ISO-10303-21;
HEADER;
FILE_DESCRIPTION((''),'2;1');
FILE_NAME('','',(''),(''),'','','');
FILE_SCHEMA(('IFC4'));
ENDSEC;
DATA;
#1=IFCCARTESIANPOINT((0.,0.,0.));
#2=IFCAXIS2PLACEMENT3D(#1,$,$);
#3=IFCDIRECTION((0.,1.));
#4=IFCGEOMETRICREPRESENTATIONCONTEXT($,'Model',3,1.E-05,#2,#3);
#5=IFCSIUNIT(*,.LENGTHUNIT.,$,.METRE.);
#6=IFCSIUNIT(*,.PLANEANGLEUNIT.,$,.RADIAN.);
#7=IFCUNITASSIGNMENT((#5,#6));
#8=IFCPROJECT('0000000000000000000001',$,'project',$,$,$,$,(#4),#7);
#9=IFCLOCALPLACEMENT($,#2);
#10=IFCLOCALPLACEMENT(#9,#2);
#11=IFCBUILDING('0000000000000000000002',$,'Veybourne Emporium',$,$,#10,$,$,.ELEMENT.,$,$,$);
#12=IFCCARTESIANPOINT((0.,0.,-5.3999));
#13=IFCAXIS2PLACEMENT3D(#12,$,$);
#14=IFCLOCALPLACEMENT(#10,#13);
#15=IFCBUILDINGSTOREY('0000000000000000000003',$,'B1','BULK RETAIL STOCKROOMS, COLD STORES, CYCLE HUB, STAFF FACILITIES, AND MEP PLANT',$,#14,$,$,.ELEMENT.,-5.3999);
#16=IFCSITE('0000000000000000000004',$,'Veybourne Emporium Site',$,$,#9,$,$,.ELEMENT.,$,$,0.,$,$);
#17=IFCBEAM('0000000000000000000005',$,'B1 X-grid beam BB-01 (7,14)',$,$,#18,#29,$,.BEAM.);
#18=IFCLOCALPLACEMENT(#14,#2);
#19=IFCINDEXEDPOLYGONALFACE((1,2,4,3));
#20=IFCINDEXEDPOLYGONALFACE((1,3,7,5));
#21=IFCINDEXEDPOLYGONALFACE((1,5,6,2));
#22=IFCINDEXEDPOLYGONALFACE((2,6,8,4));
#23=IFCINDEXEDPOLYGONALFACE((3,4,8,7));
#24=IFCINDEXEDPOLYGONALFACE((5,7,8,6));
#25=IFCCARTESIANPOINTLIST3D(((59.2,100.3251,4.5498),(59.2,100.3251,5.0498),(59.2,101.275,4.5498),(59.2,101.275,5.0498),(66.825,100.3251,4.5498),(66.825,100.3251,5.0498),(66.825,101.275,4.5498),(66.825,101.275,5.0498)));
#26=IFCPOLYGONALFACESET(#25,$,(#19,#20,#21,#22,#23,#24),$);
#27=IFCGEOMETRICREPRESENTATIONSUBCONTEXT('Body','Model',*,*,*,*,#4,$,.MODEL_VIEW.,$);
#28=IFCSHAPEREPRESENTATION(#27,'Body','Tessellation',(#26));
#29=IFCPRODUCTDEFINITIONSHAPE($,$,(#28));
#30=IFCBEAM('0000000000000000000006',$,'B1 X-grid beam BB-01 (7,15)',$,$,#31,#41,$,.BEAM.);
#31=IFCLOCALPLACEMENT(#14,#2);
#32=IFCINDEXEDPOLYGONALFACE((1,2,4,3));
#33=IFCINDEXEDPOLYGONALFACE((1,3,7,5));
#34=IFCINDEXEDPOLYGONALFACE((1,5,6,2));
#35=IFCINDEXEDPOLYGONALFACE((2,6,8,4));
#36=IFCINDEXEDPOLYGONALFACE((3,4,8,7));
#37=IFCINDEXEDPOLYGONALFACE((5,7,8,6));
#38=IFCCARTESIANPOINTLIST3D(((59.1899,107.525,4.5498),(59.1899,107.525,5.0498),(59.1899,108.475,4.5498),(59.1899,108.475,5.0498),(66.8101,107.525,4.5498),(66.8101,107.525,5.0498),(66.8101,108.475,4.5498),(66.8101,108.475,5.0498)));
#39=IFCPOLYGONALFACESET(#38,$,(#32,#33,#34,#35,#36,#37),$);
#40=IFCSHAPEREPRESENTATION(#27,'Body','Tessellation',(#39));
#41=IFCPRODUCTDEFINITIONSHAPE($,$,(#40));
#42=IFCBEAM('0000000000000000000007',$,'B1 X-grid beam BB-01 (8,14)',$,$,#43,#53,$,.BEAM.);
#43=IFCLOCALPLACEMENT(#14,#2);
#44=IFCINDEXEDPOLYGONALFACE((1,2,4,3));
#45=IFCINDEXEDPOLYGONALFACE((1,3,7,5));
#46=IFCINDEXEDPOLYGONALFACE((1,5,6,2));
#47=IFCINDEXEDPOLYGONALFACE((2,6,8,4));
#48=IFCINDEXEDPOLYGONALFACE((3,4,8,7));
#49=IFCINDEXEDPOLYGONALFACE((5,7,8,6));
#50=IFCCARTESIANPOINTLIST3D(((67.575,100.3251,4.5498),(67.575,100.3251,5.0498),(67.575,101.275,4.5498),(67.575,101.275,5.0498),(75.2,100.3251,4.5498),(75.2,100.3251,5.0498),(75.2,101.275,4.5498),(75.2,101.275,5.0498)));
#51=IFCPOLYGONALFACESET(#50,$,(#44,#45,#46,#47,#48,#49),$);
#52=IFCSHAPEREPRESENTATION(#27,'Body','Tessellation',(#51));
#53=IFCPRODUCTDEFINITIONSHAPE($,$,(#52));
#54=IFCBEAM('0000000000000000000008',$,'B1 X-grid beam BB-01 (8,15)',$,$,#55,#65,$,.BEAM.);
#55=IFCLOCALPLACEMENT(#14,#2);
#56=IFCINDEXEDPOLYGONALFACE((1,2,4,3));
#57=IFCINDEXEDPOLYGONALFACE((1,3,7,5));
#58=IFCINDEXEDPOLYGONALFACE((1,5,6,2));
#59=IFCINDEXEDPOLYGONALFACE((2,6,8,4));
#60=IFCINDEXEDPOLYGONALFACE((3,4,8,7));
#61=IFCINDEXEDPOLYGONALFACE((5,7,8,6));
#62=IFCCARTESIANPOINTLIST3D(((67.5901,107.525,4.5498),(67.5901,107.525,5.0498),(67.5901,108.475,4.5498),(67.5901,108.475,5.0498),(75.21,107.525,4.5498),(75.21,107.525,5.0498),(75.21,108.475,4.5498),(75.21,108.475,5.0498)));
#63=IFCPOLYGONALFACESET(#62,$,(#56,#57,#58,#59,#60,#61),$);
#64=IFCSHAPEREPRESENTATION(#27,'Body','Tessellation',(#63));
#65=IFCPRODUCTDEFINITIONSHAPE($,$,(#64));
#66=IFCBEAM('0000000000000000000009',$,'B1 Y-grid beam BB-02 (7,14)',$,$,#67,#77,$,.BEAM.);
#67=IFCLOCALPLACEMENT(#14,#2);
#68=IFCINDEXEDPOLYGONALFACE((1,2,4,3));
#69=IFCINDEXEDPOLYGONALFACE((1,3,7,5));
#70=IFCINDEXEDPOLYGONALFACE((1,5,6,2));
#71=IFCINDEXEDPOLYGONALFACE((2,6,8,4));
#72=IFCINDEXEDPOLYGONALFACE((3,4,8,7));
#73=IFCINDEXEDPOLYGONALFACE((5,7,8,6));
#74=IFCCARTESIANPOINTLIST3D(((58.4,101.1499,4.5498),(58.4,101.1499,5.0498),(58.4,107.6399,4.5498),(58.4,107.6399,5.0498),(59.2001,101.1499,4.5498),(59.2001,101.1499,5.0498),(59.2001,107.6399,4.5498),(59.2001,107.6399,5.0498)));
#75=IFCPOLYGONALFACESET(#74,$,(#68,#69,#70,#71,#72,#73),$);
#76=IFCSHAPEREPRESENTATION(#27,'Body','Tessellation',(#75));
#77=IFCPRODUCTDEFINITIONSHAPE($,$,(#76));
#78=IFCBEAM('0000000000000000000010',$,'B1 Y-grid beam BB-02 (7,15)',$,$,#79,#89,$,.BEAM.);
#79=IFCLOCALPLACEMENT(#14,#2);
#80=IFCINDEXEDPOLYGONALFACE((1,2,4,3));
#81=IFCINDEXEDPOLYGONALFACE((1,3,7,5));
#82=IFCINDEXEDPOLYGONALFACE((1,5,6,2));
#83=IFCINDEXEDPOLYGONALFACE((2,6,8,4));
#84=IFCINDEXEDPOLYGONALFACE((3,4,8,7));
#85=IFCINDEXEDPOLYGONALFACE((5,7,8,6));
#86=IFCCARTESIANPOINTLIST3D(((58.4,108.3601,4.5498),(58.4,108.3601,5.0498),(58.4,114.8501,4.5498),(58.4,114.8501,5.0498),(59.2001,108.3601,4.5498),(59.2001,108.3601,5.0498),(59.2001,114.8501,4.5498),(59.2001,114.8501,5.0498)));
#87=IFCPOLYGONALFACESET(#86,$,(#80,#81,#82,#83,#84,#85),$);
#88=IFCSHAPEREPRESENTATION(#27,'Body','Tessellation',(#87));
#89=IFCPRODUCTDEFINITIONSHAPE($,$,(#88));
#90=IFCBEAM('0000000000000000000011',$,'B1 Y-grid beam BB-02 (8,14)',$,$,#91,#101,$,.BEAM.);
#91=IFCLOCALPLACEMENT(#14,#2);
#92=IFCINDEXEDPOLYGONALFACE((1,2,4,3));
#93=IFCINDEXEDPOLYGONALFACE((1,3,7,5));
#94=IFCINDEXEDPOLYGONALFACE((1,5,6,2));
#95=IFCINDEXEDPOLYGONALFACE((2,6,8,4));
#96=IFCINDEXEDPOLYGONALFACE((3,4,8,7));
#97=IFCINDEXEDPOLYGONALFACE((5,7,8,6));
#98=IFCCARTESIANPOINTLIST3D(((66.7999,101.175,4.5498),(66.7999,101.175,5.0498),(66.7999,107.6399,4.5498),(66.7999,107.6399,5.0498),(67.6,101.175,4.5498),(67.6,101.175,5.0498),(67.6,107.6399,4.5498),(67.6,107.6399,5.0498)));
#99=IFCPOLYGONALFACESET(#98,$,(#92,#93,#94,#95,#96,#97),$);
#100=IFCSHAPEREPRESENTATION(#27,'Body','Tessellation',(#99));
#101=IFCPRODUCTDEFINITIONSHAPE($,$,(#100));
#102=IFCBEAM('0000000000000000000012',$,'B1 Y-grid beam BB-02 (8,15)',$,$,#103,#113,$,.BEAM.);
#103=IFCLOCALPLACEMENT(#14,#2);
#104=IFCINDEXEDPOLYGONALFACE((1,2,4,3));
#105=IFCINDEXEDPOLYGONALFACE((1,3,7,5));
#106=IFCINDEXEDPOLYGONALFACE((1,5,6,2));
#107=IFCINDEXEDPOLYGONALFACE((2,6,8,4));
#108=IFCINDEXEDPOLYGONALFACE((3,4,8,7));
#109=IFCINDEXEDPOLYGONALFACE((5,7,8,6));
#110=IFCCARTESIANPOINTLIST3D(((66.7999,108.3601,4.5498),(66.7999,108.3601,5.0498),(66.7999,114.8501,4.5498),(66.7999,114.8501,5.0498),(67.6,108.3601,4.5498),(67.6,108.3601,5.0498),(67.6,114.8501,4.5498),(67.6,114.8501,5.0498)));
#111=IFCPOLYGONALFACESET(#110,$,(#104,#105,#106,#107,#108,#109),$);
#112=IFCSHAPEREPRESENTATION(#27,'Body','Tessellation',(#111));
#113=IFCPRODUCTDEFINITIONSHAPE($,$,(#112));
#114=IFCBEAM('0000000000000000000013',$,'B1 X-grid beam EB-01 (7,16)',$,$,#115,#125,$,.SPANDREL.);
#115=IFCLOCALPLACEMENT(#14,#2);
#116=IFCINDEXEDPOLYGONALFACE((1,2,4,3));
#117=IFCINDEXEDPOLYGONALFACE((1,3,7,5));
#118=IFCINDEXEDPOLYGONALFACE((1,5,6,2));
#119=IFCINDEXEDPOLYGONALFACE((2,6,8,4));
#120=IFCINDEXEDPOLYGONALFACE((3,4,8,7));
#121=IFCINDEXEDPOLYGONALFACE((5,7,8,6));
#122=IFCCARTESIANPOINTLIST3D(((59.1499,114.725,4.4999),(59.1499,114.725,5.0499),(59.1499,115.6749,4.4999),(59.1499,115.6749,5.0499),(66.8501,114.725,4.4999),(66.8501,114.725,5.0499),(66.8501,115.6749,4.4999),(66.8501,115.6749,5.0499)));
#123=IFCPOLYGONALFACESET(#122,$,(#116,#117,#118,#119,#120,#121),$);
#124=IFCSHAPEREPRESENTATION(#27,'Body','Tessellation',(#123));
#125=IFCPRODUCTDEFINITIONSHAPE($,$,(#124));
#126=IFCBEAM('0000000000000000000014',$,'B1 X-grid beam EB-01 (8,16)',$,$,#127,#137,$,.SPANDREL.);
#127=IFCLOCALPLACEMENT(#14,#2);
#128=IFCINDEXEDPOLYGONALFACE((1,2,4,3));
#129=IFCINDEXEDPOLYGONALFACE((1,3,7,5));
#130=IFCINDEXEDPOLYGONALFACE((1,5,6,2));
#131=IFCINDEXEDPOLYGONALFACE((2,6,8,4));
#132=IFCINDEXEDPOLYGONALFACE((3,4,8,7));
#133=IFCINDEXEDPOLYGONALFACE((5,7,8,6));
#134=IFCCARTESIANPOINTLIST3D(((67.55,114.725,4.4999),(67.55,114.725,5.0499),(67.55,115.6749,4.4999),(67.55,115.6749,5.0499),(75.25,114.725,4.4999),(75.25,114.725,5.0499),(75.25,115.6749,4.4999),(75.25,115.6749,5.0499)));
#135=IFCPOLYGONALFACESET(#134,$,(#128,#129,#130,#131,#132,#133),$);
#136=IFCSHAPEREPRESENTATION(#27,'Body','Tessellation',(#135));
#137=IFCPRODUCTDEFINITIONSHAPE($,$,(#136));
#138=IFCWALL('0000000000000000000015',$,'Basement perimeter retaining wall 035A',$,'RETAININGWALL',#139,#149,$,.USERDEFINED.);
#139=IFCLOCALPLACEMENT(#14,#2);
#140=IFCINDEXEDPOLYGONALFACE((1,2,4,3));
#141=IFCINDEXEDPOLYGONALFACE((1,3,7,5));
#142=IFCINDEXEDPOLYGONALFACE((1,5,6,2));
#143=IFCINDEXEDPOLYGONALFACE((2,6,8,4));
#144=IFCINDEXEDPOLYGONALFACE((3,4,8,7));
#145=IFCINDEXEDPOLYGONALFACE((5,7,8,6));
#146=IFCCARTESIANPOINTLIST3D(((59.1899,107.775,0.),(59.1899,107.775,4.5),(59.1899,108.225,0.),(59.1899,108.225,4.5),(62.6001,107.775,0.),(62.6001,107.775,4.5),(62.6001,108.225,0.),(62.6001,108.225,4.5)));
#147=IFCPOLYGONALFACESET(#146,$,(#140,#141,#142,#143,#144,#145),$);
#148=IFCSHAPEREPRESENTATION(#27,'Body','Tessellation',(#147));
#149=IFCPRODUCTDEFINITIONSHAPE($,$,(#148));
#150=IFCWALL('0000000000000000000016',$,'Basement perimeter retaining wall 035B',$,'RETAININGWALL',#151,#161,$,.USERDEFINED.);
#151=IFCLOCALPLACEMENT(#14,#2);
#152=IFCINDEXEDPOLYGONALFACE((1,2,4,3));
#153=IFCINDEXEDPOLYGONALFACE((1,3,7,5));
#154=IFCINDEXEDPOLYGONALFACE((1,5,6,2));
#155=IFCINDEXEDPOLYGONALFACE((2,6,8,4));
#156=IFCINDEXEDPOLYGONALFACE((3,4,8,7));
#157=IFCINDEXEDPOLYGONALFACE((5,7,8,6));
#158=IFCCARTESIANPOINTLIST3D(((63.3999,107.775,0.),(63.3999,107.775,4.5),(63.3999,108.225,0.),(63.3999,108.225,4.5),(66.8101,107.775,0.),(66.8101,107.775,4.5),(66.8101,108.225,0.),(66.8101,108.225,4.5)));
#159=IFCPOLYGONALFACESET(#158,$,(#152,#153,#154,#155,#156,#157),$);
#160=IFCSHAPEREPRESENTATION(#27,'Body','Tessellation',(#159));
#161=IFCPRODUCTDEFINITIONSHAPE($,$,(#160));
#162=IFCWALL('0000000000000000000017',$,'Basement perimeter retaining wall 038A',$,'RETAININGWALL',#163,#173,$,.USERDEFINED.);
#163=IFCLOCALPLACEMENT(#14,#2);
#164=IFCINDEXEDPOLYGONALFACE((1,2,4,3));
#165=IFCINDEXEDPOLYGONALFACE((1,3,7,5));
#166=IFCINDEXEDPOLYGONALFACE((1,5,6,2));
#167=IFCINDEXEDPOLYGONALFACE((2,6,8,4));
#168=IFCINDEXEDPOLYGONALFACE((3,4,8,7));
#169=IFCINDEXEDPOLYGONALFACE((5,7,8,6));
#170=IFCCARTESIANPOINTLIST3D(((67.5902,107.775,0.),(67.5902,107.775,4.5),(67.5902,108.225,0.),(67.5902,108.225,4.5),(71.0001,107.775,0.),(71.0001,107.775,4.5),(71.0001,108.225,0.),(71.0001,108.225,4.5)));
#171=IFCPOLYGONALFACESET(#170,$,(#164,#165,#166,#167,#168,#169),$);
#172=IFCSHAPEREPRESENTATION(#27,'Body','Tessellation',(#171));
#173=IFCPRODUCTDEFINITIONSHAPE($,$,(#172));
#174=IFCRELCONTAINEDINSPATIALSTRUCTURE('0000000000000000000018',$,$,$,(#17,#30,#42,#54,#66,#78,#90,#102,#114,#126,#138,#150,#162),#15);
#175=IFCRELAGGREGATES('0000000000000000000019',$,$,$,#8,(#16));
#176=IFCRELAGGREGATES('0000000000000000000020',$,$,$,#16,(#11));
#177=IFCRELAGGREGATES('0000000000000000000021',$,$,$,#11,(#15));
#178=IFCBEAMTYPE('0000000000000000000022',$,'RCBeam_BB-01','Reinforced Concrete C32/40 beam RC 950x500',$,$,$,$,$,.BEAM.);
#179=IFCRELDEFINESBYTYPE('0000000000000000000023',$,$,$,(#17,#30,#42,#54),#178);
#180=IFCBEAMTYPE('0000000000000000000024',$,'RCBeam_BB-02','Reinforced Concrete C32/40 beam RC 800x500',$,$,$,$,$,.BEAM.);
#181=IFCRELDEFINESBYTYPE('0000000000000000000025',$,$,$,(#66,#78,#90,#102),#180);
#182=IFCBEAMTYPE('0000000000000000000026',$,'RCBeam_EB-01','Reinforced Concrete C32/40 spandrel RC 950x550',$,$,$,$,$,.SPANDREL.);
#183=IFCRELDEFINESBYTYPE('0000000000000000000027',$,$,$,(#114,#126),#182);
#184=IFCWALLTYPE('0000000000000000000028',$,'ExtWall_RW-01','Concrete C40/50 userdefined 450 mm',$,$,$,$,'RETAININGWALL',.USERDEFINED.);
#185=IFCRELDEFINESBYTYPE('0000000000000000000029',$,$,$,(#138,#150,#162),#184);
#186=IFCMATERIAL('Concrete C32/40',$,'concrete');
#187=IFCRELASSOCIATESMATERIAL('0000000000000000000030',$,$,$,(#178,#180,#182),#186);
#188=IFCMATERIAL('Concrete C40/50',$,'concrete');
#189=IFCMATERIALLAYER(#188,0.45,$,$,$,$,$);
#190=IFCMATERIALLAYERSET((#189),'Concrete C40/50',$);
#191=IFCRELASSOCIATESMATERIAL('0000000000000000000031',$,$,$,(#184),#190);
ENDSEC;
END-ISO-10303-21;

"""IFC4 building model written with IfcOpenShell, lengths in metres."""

from ifc_helpers import new_model, si_unit, direction, frame, frame_2d, origin, origin_2d, place, context, subcontext, project, spatial, rectangle, extrude, material, layer, layer_set, material_profile, profile_set, type_object, element, save


model = new_model("IFC4")

# Units and contexts
model_context = context("Model", 3, precision=1e-05, world=origin(), true_north=direction((0.0, 1.0)))
body_context = subcontext(model_context, "Body", "Model", "MODEL_VIEW")
ifc_project = project(units=[si_unit("LENGTHUNIT", "METRE"), si_unit("PLANEANGLEUNIT", "RADIAN")], contexts=[model_context])

# Site, building, storey
site_placement = place(None, origin())
site = spatial("IfcSite", under=ifc_project, at=site_placement, Name="Veybourne Emporium Site", CompositionType="ELEMENT", RefElevation=0.0)
building_placement = place(site_placement, origin())
building = spatial("IfcBuilding", under=site, at=building_placement, Name="Veybourne Emporium", CompositionType="ELEMENT")
storey_placement = place(building_placement, frame((0.0, 0.0, -5.3999)))
storey = spatial("IfcBuildingStorey", under=building, at=storey_placement, Name="B1", Description="BULK RETAIL STOCKROOMS, COLD STORES, CYCLE HUB, STAFF FACILITIES, AND MEP PLANT", CompositionType="ELEMENT", Elevation=-5.3999)

# Shared definitions
ifc_material_1 = material(Name="Concrete C40/50", Category="concrete")

# Beams
ifc_material_2 = material(Name="Concrete C32/40", Category="concrete")
ifc_material_profile_1 = material_profile(ifc_material_2, rectangle(XDim=0.95, YDim=0.5, at=origin_2d()), Name="RC 950x500")
ifc_profile_set_1 = profile_set([ifc_material_profile_1], Name="Concrete C32/40")
beam_type_1 = type_object("IfcBeamType", Name="RCBeam_BB-01", Description="Reinforced Concrete C32/40 beam RC 950x500", PredefinedType="BEAM", material=ifc_profile_set_1)
beam_1_placement = place(storey_placement, frame((59.2, 100.8, 4.7998), z_axis=(1.0, 0.0, 0.0), x_axis=(0.0, 1.0, 0.0)))
element("IfcBeam", 1, at=beam_1_placement, inside=storey, type_object=beam_type_1, Name="B1 X-grid beam BB-01 (7,14)", PredefinedType="BEAM", context=body_context, shape_type="SweptSolid", body=[
    extrude(rectangle(XDim=0.95, YDim=0.5, at=origin_2d()), origin(), (0.0, 0.0, 1.0), 7.625),
])
beam_2_placement = place(storey_placement, frame((59.1899, 108.0, 4.7998), z_axis=(1.0, 0.0, 0.0), x_axis=(0.0, 1.0, 0.0)))
element("IfcBeam", 2, at=beam_2_placement, inside=storey, type_object=beam_type_1, Name="B1 X-grid beam BB-01 (7,15)", PredefinedType="BEAM", context=body_context, shape_type="SweptSolid", body=[
    extrude(rectangle(XDim=0.95, YDim=0.5, at=origin_2d()), origin(), (0.0, 0.0, 1.0), 7.6201),
])
beam_3_placement = place(storey_placement, frame((67.575, 100.8, 4.7998), z_axis=(1.0, 0.0, 0.0), x_axis=(0.0, 1.0, 0.0)))
element("IfcBeam", 3, at=beam_3_placement, inside=storey, type_object=beam_type_1, Name="B1 X-grid beam BB-01 (8,14)", PredefinedType="BEAM", context=body_context, shape_type="SweptSolid", body=[
    extrude(rectangle(XDim=0.95, YDim=0.5, at=origin_2d()), origin(), (0.0, 0.0, 1.0), 7.625),
])
beam_4_placement = place(storey_placement, frame((67.5901, 108.0, 4.7998), z_axis=(1.0, 0.0, 0.0), x_axis=(0.0, 1.0, 0.0)))
element("IfcBeam", 4, at=beam_4_placement, inside=storey, type_object=beam_type_1, Name="B1 X-grid beam BB-01 (8,15)", PredefinedType="BEAM", context=body_context, shape_type="SweptSolid", body=[
    extrude(rectangle(XDim=0.95, YDim=0.5, at=origin_2d()), origin(), (0.0, 0.0, 1.0), 7.6199),
])
ifc_material_profile_2 = material_profile(ifc_material_2, rectangle(XDim=0.8, YDim=0.5, at=origin_2d()), Name="RC 800x500")
ifc_profile_set_2 = profile_set([ifc_material_profile_2], Name="Concrete C32/40")
beam_type_2 = type_object("IfcBeamType", Name="RCBeam_BB-02", Description="Reinforced Concrete C32/40 beam RC 800x500", PredefinedType="BEAM", material=ifc_profile_set_2)
for number, where, z_axis, x_axis, name in (
    (5, (58.8, 101.1499, 4.7998), (0.0, 1.0, 0.0), (-1.0, 0.0, 0.0), "B1 Y-grid beam BB-02 (7,14)"),
    (6, (58.8, 108.3601, 4.7998), (0.0, 1.0, 0.0), (-1.0, 0.0, 0.0), "B1 Y-grid beam BB-02 (7,15)"),
):
    element("IfcBeam", number, at=place(storey_placement, frame(where, z_axis=z_axis, x_axis=x_axis)), inside=storey, type_object=beam_type_2, Name=name, PredefinedType="BEAM", context=body_context, shape_type="SweptSolid", body=[
        extrude(rectangle(XDim=0.8, YDim=0.5, at=origin_2d()), origin(), (0.0, 0.0, 1.0), 6.49),
    ])
beam_5_placement = place(storey_placement, frame((67.2, 101.175, 4.7998), z_axis=(0.0, 1.0, 0.0), x_axis=(-1.0, 0.0, 0.0)))
element("IfcBeam", 7, at=beam_5_placement, inside=storey, type_object=beam_type_2, Name="B1 Y-grid beam BB-02 (8,14)", PredefinedType="BEAM", context=body_context, shape_type="SweptSolid", body=[
    extrude(rectangle(XDim=0.8, YDim=0.5, at=origin_2d()), origin(), (0.0, 0.0, 1.0), 6.4648),
])
beam_6_placement = place(storey_placement, frame((67.2, 108.3601, 4.7998), z_axis=(0.0, 1.0, 0.0), x_axis=(-1.0, 0.0, 0.0)))
element("IfcBeam", 8, at=beam_6_placement, inside=storey, type_object=beam_type_2, Name="B1 Y-grid beam BB-02 (8,15)", PredefinedType="BEAM", context=body_context, shape_type="SweptSolid", body=[
    extrude(rectangle(XDim=0.8, YDim=0.5, at=origin_2d()), origin(), (0.0, 0.0, 1.0), 6.49),
])
ifc_material_profile_3 = material_profile(ifc_material_2, rectangle(XDim=0.95, YDim=0.55, at=origin_2d()), Name="RC 950x550")
ifc_profile_set_3 = profile_set([ifc_material_profile_3], Name="Concrete C32/40")
beam_type_3 = type_object("IfcBeamType", Name="RCBeam_EB-01", Description="Reinforced Concrete C32/40 spandrel RC 950x550", PredefinedType="SPANDREL", material=ifc_profile_set_3)
beam_7_placement = place(storey_placement, frame((59.1499, 115.2, 4.7749), z_axis=(1.0, 0.0, 0.0), x_axis=(0.0, 1.0, 0.0)))
element("IfcBeam", 9, at=beam_7_placement, inside=storey, type_object=beam_type_3, Name="B1 X-grid beam EB-01 (7,16)", PredefinedType="SPANDREL", context=body_context, shape_type="SweptSolid", body=[
    extrude(rectangle(XDim=0.95, YDim=0.55, at=origin_2d()), origin(), (0.0, 0.0, 1.0), 7.7002),
])
beam_8_placement = place(storey_placement, frame((67.55, 115.2, 4.7749), z_axis=(1.0, 0.0, 0.0), x_axis=(0.0, 1.0, 0.0)))
element("IfcBeam", 10, at=beam_8_placement, inside=storey, type_object=beam_type_3, Name="B1 X-grid beam EB-01 (8,16)", PredefinedType="SPANDREL", context=body_context, shape_type="SweptSolid", body=[
    extrude(rectangle(XDim=0.95, YDim=0.55, at=origin_2d()), origin(), (0.0, 0.0, 1.0), 7.7),
])

# Walls
ifc_layer = layer(ifc_material_1, 0.45)
ifc_layer_set = layer_set([ifc_layer], Name="Concrete C40/50")
wall_type = type_object("IfcWallType", Name="ExtWall_RW-01", Description="Concrete C40/50 userdefined 450 mm", ElementType="RETAININGWALL", PredefinedType="USERDEFINED", material=ifc_layer_set)
for number, where, z_axis, x_axis, name in (
    (11, (59.1899, 108.0, 0.0), (0.0, 0.0, 1.0), (1.0, 0.0, 0.0), "Basement perimeter retaining wall 035A"),
    (12, (63.3999, 108.0, 0.0), (0.0, 0.0, 1.0), (1.0, 0.0, 0.0), "Basement perimeter retaining wall 035B"),
):
    element("IfcWall", number, at=place(storey_placement, frame(where, z_axis=z_axis, x_axis=x_axis)), inside=storey, type_object=wall_type, Name=name, ObjectType="RETAININGWALL", PredefinedType="USERDEFINED", context=body_context, shape_type="SweptSolid", body=[
        extrude(rectangle(XDim=3.4102, YDim=0.45, at=frame_2d((1.7051, 0.0))), origin(), (0.0, 0.0, 1.0), 4.5),
    ])
wall_placement = place(storey_placement, frame((67.5901, 108.0, 0.0), z_axis=(0.0, 0.0, 1.0), x_axis=(1.0, 0.0, 0.0)))
element("IfcWall", 13, at=wall_placement, inside=storey, type_object=wall_type, Name="Basement perimeter retaining wall 038A", ObjectType="RETAININGWALL", PredefinedType="USERDEFINED", context=body_context, shape_type="SweptSolid", body=[
    extrude(rectangle(XDim=3.4099, YDim=0.45, at=frame_2d((1.7051, 0.0))), origin(), (0.0, 0.0, 1.0), 4.5),
])

save(model, "model.ifc")
